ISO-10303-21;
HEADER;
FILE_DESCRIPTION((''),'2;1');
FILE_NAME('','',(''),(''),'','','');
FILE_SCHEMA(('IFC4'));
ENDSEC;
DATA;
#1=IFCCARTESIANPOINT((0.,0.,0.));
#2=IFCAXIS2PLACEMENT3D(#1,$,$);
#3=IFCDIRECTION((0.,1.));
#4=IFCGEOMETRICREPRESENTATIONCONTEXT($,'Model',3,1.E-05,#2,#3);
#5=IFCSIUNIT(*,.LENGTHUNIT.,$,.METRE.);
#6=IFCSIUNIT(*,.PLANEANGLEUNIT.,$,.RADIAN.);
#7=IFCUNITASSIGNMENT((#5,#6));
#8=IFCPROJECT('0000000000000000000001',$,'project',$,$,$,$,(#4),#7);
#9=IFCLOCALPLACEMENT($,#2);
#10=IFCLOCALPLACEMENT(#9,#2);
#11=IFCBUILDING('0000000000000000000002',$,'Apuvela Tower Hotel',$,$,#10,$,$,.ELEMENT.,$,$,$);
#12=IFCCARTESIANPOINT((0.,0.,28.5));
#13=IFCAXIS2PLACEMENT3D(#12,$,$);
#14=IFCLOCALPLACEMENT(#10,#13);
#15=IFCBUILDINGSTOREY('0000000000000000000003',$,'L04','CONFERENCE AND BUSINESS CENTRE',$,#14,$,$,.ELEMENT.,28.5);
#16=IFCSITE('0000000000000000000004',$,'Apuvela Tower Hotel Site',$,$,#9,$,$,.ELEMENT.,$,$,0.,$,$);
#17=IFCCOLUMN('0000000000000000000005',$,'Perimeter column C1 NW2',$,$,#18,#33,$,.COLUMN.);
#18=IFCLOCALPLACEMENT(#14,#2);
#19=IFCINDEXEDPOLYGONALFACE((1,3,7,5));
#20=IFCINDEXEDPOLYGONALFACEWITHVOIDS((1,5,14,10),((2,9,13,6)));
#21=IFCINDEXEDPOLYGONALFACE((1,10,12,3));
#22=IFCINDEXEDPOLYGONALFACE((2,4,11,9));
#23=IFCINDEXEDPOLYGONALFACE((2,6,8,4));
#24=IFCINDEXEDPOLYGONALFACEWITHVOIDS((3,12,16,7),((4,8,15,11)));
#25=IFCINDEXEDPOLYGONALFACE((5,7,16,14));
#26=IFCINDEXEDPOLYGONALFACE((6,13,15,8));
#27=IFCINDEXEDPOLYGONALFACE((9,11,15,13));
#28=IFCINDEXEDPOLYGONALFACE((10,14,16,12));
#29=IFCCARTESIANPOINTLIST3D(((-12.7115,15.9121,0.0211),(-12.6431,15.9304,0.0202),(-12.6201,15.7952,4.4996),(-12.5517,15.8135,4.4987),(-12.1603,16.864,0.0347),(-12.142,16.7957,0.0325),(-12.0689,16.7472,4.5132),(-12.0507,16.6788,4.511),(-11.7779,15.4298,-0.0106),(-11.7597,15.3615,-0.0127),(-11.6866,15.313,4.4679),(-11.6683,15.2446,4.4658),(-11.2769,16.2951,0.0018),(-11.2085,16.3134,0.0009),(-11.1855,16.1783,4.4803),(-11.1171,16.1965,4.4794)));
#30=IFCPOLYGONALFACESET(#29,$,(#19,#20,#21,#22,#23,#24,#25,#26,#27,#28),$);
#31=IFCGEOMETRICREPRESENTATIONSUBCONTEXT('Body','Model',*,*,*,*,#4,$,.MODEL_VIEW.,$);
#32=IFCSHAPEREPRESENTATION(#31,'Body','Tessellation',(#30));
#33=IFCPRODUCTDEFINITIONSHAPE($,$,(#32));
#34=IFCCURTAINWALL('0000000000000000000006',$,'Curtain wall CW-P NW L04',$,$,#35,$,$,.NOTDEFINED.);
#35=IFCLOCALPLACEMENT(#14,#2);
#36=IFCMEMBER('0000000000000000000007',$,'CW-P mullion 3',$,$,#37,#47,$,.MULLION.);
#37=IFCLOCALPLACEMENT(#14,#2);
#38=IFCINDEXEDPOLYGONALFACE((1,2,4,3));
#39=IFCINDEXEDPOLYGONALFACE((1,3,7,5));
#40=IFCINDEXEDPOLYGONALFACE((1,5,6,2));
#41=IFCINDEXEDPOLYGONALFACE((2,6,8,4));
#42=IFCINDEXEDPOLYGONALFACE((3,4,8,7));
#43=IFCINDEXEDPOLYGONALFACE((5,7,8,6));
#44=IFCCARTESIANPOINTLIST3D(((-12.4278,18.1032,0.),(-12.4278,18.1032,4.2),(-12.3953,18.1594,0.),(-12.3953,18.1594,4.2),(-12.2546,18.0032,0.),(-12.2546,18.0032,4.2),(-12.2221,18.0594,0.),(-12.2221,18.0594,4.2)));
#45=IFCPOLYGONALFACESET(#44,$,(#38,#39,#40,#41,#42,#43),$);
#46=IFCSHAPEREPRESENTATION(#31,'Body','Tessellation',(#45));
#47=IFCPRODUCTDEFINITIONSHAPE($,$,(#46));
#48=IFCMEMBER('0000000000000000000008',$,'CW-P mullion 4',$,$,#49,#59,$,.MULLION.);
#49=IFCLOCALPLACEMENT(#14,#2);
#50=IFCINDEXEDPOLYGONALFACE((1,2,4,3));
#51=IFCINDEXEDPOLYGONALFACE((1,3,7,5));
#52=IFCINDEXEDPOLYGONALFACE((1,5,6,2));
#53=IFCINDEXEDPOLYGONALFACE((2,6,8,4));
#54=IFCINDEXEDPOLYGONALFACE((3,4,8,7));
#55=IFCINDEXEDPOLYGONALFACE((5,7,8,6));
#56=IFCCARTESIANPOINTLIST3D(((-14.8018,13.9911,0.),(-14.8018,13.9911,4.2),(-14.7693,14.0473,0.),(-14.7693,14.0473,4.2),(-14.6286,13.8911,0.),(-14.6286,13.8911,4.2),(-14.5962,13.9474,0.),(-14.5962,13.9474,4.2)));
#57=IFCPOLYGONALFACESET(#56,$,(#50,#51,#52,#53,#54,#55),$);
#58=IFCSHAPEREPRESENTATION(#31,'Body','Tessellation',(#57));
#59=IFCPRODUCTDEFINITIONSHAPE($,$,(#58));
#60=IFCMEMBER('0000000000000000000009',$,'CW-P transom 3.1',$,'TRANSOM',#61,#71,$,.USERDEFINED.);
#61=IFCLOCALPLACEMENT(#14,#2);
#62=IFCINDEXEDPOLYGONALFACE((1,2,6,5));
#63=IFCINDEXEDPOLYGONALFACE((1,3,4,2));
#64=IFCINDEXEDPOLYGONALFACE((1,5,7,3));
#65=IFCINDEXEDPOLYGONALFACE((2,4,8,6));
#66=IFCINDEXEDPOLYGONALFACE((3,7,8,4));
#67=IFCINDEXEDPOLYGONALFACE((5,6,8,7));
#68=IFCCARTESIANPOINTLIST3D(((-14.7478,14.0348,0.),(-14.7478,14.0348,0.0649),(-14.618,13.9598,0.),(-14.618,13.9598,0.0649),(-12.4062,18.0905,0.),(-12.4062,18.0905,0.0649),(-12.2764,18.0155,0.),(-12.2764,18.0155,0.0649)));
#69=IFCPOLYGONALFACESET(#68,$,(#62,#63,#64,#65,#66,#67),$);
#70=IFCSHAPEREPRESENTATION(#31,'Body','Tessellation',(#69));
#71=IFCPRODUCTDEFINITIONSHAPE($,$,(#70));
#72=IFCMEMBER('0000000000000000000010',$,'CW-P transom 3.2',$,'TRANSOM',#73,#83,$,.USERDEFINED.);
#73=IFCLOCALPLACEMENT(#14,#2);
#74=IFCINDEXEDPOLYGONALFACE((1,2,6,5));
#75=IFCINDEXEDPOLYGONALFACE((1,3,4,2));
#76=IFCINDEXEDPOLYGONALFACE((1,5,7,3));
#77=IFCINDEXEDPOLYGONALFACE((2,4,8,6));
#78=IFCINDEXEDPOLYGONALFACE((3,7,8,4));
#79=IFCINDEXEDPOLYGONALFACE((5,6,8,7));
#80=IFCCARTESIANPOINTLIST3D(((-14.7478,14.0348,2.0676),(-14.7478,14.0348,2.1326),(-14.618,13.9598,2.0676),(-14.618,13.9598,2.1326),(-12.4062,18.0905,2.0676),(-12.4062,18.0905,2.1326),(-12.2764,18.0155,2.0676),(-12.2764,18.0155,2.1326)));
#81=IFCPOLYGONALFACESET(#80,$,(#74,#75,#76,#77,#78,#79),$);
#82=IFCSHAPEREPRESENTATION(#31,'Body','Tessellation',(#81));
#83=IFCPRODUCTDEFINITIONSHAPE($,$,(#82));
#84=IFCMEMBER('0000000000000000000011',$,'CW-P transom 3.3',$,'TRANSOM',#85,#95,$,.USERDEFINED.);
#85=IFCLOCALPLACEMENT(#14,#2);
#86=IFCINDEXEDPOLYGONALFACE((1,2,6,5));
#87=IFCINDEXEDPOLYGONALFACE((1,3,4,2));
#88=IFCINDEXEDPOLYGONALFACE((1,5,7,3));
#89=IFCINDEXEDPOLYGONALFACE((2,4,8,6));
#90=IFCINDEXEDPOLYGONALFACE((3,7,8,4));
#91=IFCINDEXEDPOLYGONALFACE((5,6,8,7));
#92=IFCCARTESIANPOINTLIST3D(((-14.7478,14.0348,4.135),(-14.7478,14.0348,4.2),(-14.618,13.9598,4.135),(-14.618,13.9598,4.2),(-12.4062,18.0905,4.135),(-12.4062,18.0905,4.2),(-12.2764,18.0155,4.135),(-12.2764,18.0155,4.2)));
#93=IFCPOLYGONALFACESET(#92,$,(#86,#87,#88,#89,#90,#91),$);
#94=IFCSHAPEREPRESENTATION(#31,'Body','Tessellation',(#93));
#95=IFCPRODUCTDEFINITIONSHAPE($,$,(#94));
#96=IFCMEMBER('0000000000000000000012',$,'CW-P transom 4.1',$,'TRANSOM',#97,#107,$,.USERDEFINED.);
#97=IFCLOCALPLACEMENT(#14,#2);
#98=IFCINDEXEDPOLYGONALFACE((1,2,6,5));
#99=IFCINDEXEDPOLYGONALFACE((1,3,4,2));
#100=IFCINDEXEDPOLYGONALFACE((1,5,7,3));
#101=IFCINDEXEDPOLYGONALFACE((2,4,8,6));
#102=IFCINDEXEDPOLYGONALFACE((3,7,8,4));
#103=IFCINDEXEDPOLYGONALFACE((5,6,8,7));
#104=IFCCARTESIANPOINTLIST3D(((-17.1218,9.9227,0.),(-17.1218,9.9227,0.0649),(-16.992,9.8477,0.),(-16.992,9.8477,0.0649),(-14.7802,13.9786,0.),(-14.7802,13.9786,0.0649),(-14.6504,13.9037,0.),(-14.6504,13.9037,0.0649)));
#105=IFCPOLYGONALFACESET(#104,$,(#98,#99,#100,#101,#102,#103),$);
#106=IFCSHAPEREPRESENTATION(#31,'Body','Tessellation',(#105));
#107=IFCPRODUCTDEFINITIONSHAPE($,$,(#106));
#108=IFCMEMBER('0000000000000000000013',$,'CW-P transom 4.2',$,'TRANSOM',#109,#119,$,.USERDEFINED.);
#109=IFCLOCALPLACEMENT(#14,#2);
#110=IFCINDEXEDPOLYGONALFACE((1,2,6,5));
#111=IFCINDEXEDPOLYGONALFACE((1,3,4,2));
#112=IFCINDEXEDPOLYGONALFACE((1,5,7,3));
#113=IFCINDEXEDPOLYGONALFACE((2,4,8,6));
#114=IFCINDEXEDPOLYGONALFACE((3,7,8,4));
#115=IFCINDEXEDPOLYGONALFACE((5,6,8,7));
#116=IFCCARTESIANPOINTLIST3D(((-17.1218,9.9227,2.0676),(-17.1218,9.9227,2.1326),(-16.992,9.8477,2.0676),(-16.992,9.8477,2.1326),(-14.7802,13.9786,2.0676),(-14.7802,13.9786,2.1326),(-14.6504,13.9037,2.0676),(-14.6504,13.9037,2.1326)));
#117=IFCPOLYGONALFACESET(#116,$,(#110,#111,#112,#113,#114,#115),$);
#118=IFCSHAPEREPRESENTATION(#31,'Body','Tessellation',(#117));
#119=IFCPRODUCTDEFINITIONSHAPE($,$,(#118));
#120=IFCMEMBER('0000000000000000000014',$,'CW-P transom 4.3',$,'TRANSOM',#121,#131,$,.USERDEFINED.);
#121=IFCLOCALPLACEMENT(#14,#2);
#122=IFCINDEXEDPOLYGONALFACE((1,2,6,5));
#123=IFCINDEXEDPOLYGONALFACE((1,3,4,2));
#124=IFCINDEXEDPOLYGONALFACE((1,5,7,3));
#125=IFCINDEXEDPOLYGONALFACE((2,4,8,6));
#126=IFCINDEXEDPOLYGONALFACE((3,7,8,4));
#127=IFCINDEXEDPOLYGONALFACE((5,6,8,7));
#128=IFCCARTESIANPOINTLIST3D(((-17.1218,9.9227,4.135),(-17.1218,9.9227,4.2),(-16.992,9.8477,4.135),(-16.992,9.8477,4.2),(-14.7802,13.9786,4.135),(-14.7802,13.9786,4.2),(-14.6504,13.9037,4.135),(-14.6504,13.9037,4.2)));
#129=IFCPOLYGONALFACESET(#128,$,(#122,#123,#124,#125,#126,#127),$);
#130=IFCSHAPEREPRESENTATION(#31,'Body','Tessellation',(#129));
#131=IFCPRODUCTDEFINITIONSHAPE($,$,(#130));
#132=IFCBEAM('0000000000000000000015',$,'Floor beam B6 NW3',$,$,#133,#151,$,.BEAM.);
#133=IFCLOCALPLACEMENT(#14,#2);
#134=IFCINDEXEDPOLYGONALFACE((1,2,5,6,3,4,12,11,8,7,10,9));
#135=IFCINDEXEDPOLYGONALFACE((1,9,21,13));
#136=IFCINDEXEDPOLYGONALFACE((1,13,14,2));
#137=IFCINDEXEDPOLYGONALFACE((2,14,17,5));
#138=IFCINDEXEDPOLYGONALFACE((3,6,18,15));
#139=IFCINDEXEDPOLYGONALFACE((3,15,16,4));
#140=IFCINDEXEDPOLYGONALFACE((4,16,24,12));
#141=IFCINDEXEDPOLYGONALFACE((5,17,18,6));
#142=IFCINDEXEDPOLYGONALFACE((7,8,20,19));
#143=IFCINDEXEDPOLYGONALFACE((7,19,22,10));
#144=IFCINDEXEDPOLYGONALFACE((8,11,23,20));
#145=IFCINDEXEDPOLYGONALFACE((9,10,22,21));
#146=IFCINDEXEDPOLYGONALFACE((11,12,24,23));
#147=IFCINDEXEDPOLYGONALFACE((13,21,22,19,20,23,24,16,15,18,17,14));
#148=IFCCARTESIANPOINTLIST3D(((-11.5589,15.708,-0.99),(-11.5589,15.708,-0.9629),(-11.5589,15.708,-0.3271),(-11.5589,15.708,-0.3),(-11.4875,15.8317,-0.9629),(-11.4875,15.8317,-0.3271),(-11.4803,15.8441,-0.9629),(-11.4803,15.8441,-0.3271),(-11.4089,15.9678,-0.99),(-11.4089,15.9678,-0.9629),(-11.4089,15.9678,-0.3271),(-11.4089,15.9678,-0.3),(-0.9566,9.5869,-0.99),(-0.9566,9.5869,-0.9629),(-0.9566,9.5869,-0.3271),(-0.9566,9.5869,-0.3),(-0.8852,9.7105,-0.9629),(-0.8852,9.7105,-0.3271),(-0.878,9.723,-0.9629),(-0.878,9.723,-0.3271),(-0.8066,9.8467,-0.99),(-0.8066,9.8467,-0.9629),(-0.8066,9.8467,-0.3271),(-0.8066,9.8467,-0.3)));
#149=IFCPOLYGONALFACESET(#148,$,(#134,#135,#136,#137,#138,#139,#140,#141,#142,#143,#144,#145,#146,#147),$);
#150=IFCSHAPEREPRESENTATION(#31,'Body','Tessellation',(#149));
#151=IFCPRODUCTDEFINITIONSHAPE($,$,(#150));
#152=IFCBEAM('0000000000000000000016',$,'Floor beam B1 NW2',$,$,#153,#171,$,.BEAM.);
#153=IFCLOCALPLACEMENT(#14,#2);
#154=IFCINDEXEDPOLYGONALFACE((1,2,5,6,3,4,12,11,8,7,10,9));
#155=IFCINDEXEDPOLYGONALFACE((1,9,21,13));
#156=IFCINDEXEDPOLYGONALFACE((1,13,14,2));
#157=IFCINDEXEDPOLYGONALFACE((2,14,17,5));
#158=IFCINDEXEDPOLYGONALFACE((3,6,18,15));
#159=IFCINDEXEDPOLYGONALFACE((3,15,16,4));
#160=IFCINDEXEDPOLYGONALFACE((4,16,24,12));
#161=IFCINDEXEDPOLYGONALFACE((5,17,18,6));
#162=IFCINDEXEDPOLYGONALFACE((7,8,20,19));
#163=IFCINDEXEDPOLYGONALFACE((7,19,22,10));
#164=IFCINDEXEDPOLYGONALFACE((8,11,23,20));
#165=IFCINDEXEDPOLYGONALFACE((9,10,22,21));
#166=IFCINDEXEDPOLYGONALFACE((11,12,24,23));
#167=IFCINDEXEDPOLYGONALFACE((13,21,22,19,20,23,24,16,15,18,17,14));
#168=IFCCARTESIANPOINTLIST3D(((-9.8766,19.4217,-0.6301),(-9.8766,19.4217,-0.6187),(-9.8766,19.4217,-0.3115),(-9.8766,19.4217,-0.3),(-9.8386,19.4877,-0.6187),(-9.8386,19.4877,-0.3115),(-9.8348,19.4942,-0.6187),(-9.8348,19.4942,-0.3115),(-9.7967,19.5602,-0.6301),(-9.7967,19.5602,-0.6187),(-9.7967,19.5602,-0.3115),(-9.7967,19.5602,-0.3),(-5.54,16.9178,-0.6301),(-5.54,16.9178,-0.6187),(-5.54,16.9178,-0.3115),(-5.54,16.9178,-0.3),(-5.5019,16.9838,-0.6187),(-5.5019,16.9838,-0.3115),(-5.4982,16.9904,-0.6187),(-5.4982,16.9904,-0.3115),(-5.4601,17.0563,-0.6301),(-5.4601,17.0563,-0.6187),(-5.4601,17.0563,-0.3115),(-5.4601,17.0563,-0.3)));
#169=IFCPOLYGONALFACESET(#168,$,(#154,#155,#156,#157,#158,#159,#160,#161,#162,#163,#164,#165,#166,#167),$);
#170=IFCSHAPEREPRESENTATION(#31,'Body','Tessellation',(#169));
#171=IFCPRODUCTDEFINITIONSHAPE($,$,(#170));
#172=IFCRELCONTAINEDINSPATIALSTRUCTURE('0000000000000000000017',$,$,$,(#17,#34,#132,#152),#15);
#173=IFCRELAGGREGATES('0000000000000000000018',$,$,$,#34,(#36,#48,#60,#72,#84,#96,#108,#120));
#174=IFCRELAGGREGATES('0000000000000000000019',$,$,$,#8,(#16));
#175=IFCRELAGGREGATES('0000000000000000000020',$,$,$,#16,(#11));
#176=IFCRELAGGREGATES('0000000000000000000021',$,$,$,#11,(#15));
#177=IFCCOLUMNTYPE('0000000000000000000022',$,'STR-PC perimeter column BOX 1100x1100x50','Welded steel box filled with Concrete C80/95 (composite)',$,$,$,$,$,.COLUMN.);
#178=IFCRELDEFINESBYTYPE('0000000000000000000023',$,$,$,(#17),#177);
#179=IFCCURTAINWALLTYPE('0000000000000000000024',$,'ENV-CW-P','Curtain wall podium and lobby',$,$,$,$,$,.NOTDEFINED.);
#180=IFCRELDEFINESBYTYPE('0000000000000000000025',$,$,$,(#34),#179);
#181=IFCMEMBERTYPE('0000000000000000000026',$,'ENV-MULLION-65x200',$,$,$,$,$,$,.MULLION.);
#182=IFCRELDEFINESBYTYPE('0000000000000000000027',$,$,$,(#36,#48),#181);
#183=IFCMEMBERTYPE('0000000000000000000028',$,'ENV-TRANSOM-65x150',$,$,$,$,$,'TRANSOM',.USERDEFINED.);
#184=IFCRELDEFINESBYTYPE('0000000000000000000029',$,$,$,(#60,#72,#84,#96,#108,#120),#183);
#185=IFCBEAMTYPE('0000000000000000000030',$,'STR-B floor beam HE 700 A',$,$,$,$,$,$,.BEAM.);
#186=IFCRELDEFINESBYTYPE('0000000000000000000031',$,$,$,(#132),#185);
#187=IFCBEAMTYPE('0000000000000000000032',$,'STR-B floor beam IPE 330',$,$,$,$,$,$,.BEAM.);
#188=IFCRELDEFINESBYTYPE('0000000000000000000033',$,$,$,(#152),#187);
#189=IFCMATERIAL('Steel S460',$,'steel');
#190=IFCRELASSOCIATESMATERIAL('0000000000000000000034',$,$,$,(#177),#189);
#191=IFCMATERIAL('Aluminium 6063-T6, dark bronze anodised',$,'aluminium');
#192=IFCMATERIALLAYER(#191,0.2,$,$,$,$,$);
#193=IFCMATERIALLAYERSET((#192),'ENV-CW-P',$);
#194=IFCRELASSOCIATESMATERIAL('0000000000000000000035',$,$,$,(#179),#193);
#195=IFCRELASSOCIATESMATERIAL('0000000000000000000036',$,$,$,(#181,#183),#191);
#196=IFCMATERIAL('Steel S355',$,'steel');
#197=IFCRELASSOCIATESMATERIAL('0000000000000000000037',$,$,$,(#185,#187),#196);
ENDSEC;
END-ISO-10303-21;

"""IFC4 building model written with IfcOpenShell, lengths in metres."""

from ifc_helpers import new_model, si_unit, direction, frame, origin, origin_2d, place, context, subcontext, project, spatial, rectangle, hollow_rectangle, i_section, extrude, boolean, halfspace, material, layer, layer_set, material_profile, profile_set, type_object, element, aggregate, save


model = new_model("IFC4")

# Units and contexts
model_context = context("Model", 3, precision=1e-05, world=origin(), true_north=direction((0.0, 1.0)))
body_context = subcontext(model_context, "Body", "Model", "MODEL_VIEW")
ifc_project = project(units=[si_unit("LENGTHUNIT", "METRE"), si_unit("PLANEANGLEUNIT", "RADIAN")], contexts=[model_context])

# Site, building, storey
site_placement = place(None, origin())
site = spatial("IfcSite", under=ifc_project, at=site_placement, Name="Apuvela Tower Hotel Site", CompositionType="ELEMENT", RefElevation=0.0)
building_placement = place(site_placement, origin())
building = spatial("IfcBuilding", under=site, at=building_placement, Name="Apuvela Tower Hotel", CompositionType="ELEMENT")
storey_placement = place(building_placement, frame((0.0, 0.0, 28.5)))
storey = spatial("IfcBuildingStorey", under=building, at=storey_placement, Name="L04", Description="CONFERENCE AND BUSINESS CENTRE", CompositionType="ELEMENT", Elevation=28.5)

# Column
ifc_material_1 = material(Name="Steel S460", Category="steel")
ifc_material_profile_1 = material_profile(ifc_material_1, hollow_rectangle(XDim=1.1001, YDim=1.1001, WallThickness=0.05, at=origin_2d()), Name="BOX 1100x1100x50")
ifc_material_2 = material(Name="Concrete C80/95", Category="concrete")
ifc_material_profile_2 = material_profile(ifc_material_2, rectangle(XDim=1.0, YDim=1.0, at=origin_2d()), Name="Concrete C80/95 infill")
ifc_profile_set_1 = profile_set([ifc_material_profile_1, ifc_material_profile_2], Name="Steel S460")
column_type = type_object("IfcColumnType", Name="STR-PC perimeter column BOX 1100x1100x50", Description="Welded steel box filled with Concrete C80/95 (composite)", PredefinedType="COLUMN", material=ifc_profile_set_1)
column_placement = place(storey_placement, frame((-11.9602, 16.113, 0.0), z_axis=(0.020388, -0.026082, 0.999452), x_axis=(0.501064, 0.865322, 0.01236)))
element("IfcColumn", 1, at=column_placement, inside=storey, type_object=column_type, Name="Perimeter column C1 NW2", PredefinedType="COLUMN", context=body_context, shape_type="SweptSolid", body=[
    boolean("DIFFERENCE", boolean("DIFFERENCE", extrude(hollow_rectangle(XDim=1.1001, YDim=1.1001, WallThickness=0.05, at=origin_2d()), origin(), (0.0, 0.0, 1.0), 4.5024), halfspace(frame((0.0, 0.0, 0.011), z_axis=(0.0, 0.0, 1.0), x_axis=(1.0, 0.0, 0.0)), True)), halfspace(frame((0.0, 0.0, 4.4919), z_axis=(0.0, 0.0, 1.0), x_axis=(1.0, 0.0, 0.0)), False)),
])

# Curtain wall, members
ifc_material_3 = material(Name="Aluminium 6063-T6, dark bronze anodised", Category="aluminium")
ifc_layer_1 = layer(ifc_material_3, 0.2)
ifc_layer_set_1 = layer_set([ifc_layer_1], Name="ENV-CW-P")
curtain_wall_type = type_object("IfcCurtainWallType", Name="ENV-CW-P", Description="Curtain wall podium and lobby", PredefinedType="NOTDEFINED", material=ifc_layer_set_1)
curtain_wall_placement = place(storey_placement, origin())
curtain_wall = element("IfcCurtainWall", 2, at=curtain_wall_placement, inside=storey, type_object=curtain_wall_type, Name="Curtain wall CW-P NW L04", PredefinedType="NOTDEFINED")
ifc_material_profile_3 = material_profile(ifc_material_3, rectangle(XDim=0.2, YDim=0.0649, at=origin_2d()), Name="AL 65x200")
ifc_profile_set_2 = profile_set([ifc_material_profile_3], Name="Aluminium 6063-T6, dark bronze anodised")
member_type_1 = type_object("IfcMemberType", Name="ENV-MULLION-65x200", PredefinedType="MULLION", material=ifc_profile_set_2)
member_1_placement = place(storey_placement, frame((-12.325, 18.0813, 0.0), z_axis=(0.0, 0.0, 1.0), x_axis=(0.866024, -0.500002, 0.0)))
member_1 = element("IfcMember", 3, at=member_1_placement, type_object=member_type_1, Name="CW-P mullion 3", PredefinedType="MULLION", context=body_context, shape_type="SweptSolid", body=[
    extrude(rectangle(XDim=0.2, YDim=0.0649, at=origin_2d()), origin(), (0.0, 0.0, 1.0), 4.2),
])
member_2_placement = place(storey_placement, frame((-14.699, 13.9692, 0.0), z_axis=(0.0, 0.0, 1.0), x_axis=(0.866024, -0.500002, 0.0)))
member_2 = element("IfcMember", 4, at=member_2_placement, type_object=member_type_1, Name="CW-P mullion 4", PredefinedType="MULLION", context=body_context, shape_type="SweptSolid", body=[
    extrude(rectangle(XDim=0.2, YDim=0.0649, at=origin_2d()), origin(), (0.0, 0.0, 1.0), 4.2),
])
ifc_material_profile_4 = material_profile(ifc_material_3, rectangle(XDim=0.1499, YDim=0.0649, at=origin_2d()), Name="AL 65x150 transom")
ifc_profile_set_3 = profile_set([ifc_material_profile_4], Name="Aluminium 6063-T6, dark bronze anodised")
member_type_2 = type_object("IfcMemberType", Name="ENV-TRANSOM-65x150", ElementType="TRANSOM", PredefinedType="USERDEFINED", material=ifc_profile_set_3)
member_3_placement = place(storey_placement, frame((-12.3413, 18.053, 0.0325), z_axis=(-0.500002, -0.866024, 0.0), x_axis=(0.866024, -0.500002, 0.0)))
member_3 = element("IfcMember", 5, at=member_3_placement, type_object=member_type_2, Name="CW-P transom 3.1", ObjectType="TRANSOM", PredefinedType="USERDEFINED", context=body_context, shape_type="SweptSolid", body=[
    extrude(rectangle(XDim=0.1499, YDim=0.0649, at=origin_2d()), origin(), (0.0, 0.0, 1.0), 4.6831),
])
member_4_placement = place(storey_placement, frame((-12.3413, 18.053, 2.1001), z_axis=(-0.500002, -0.866024, 0.0), x_axis=(0.866024, -0.500002, 0.0)))
member_4 = element("IfcMember", 6, at=member_4_placement, type_object=member_type_2, Name="CW-P transom 3.2", ObjectType="TRANSOM", PredefinedType="USERDEFINED", context=body_context, shape_type="SweptSolid", body=[
    extrude(rectangle(XDim=0.1499, YDim=0.0649, at=origin_2d()), origin(), (0.0, 0.0, 1.0), 4.6831),
])
member_5_placement = place(storey_placement, frame((-12.3413, 18.053, 4.1675), z_axis=(-0.500002, -0.866024, 0.0), x_axis=(0.866024, -0.500002, 0.0)))
member_5 = element("IfcMember", 7, at=member_5_placement, type_object=member_type_2, Name="CW-P transom 3.3", ObjectType="TRANSOM", PredefinedType="USERDEFINED", context=body_context, shape_type="SweptSolid", body=[
    extrude(rectangle(XDim=0.1499, YDim=0.0649, at=origin_2d()), origin(), (0.0, 0.0, 1.0), 4.6831),
])
member_6_placement = place(storey_placement, frame((-14.7153, 13.9412, 0.0325), z_axis=(-0.49998, -0.866037, 0.0), x_axis=(0.866037, -0.49998, 0.0)))
member_6 = element("IfcMember", 8, at=member_6_placement, type_object=member_type_2, Name="CW-P transom 4.1", ObjectType="TRANSOM", PredefinedType="USERDEFINED", context=body_context, shape_type="SweptSolid", body=[
    extrude(rectangle(XDim=0.1499, YDim=0.0649, at=origin_2d()), origin(), (0.0, 0.0, 1.0), 4.6833),
])
member_7_placement = place(storey_placement, frame((-14.7153, 13.9412, 2.1001), z_axis=(-0.49998, -0.866037, 0.0), x_axis=(0.866037, -0.49998, 0.0)))
member_7 = element("IfcMember", 9, at=member_7_placement, type_object=member_type_2, Name="CW-P transom 4.2", ObjectType="TRANSOM", PredefinedType="USERDEFINED", context=body_context, shape_type="SweptSolid", body=[
    extrude(rectangle(XDim=0.1499, YDim=0.0649, at=origin_2d()), origin(), (0.0, 0.0, 1.0), 4.6833),
])
member_8_placement = place(storey_placement, frame((-14.7153, 13.9412, 4.1675), z_axis=(-0.49998, -0.866037, 0.0), x_axis=(0.866037, -0.49998, 0.0)))
member_8 = element("IfcMember", 10, at=member_8_placement, type_object=member_type_2, Name="CW-P transom 4.3", ObjectType="TRANSOM", PredefinedType="USERDEFINED", context=body_context, shape_type="SweptSolid", body=[
    extrude(rectangle(XDim=0.1499, YDim=0.0649, at=origin_2d()), origin(), (0.0, 0.0, 1.0), 4.6833),
])

# Beams
ifc_material_4 = material(Name="Steel S355", Category="steel")
ifc_material_profile_5 = material_profile(ifc_material_4, i_section(OverallWidth=0.3, OverallDepth=0.6899, WebThickness=0.0144, FlangeThickness=0.0271, at=origin_2d()), Name="HE 700 A")
ifc_profile_set_4 = profile_set([ifc_material_profile_5], Name="Steel S355")
beam_type_1 = type_object("IfcBeamType", Name="STR-B floor beam HE 700 A", PredefinedType="BEAM", material=ifc_profile_set_4)
beam_1_placement = place(storey_placement, frame((-11.4839, 15.8379, -0.645), z_axis=(0.86603, -0.499991, 0.0), x_axis=(0.499991, 0.86603, 0.0)))
element("IfcBeam", 11, at=beam_1_placement, inside=storey, type_object=beam_type_1, Name="Floor beam B6 NW3", PredefinedType="BEAM", context=body_context, shape_type="SweptSolid", body=[
    extrude(i_section(OverallWidth=0.3, OverallDepth=0.6899, WebThickness=0.0144, FlangeThickness=0.0271, at=origin_2d()), origin(), (0.0, 0.0, 1.0), 12.2424),
])
ifc_material_profile_6 = material_profile(ifc_material_4, i_section(OverallWidth=0.1599, OverallDepth=0.3301, WebThickness=0.0076, FlangeThickness=0.0115, at=origin_2d()), Name="IPE 330")
ifc_profile_set_5 = profile_set([ifc_material_profile_6], Name="Steel S355")
beam_type_2 = type_object("IfcBeamType", Name="STR-B floor beam IPE 330", PredefinedType="BEAM", material=ifc_profile_set_5)
beam_2_placement = place(storey_placement, frame((-9.8367, 19.491, -0.4651), z_axis=(0.866014, -0.500019, 0.0), x_axis=(0.500019, 0.866014, 0.0)))
element("IfcBeam", 12, at=beam_2_placement, inside=storey, type_object=beam_type_2, Name="Floor beam B1 NW2", PredefinedType="BEAM", context=body_context, shape_type="SweptSolid", body=[
    extrude(i_section(OverallWidth=0.1599, OverallDepth=0.3301, WebThickness=0.0076, FlangeThickness=0.0115, at=origin_2d()), origin(), (0.0, 0.0, 1.0), 5.0076),
])

aggregate(curtain_wall, [member_1, member_2, member_3, member_4, member_5, member_6, member_7, member_8])

save(model, "model.ifc")
